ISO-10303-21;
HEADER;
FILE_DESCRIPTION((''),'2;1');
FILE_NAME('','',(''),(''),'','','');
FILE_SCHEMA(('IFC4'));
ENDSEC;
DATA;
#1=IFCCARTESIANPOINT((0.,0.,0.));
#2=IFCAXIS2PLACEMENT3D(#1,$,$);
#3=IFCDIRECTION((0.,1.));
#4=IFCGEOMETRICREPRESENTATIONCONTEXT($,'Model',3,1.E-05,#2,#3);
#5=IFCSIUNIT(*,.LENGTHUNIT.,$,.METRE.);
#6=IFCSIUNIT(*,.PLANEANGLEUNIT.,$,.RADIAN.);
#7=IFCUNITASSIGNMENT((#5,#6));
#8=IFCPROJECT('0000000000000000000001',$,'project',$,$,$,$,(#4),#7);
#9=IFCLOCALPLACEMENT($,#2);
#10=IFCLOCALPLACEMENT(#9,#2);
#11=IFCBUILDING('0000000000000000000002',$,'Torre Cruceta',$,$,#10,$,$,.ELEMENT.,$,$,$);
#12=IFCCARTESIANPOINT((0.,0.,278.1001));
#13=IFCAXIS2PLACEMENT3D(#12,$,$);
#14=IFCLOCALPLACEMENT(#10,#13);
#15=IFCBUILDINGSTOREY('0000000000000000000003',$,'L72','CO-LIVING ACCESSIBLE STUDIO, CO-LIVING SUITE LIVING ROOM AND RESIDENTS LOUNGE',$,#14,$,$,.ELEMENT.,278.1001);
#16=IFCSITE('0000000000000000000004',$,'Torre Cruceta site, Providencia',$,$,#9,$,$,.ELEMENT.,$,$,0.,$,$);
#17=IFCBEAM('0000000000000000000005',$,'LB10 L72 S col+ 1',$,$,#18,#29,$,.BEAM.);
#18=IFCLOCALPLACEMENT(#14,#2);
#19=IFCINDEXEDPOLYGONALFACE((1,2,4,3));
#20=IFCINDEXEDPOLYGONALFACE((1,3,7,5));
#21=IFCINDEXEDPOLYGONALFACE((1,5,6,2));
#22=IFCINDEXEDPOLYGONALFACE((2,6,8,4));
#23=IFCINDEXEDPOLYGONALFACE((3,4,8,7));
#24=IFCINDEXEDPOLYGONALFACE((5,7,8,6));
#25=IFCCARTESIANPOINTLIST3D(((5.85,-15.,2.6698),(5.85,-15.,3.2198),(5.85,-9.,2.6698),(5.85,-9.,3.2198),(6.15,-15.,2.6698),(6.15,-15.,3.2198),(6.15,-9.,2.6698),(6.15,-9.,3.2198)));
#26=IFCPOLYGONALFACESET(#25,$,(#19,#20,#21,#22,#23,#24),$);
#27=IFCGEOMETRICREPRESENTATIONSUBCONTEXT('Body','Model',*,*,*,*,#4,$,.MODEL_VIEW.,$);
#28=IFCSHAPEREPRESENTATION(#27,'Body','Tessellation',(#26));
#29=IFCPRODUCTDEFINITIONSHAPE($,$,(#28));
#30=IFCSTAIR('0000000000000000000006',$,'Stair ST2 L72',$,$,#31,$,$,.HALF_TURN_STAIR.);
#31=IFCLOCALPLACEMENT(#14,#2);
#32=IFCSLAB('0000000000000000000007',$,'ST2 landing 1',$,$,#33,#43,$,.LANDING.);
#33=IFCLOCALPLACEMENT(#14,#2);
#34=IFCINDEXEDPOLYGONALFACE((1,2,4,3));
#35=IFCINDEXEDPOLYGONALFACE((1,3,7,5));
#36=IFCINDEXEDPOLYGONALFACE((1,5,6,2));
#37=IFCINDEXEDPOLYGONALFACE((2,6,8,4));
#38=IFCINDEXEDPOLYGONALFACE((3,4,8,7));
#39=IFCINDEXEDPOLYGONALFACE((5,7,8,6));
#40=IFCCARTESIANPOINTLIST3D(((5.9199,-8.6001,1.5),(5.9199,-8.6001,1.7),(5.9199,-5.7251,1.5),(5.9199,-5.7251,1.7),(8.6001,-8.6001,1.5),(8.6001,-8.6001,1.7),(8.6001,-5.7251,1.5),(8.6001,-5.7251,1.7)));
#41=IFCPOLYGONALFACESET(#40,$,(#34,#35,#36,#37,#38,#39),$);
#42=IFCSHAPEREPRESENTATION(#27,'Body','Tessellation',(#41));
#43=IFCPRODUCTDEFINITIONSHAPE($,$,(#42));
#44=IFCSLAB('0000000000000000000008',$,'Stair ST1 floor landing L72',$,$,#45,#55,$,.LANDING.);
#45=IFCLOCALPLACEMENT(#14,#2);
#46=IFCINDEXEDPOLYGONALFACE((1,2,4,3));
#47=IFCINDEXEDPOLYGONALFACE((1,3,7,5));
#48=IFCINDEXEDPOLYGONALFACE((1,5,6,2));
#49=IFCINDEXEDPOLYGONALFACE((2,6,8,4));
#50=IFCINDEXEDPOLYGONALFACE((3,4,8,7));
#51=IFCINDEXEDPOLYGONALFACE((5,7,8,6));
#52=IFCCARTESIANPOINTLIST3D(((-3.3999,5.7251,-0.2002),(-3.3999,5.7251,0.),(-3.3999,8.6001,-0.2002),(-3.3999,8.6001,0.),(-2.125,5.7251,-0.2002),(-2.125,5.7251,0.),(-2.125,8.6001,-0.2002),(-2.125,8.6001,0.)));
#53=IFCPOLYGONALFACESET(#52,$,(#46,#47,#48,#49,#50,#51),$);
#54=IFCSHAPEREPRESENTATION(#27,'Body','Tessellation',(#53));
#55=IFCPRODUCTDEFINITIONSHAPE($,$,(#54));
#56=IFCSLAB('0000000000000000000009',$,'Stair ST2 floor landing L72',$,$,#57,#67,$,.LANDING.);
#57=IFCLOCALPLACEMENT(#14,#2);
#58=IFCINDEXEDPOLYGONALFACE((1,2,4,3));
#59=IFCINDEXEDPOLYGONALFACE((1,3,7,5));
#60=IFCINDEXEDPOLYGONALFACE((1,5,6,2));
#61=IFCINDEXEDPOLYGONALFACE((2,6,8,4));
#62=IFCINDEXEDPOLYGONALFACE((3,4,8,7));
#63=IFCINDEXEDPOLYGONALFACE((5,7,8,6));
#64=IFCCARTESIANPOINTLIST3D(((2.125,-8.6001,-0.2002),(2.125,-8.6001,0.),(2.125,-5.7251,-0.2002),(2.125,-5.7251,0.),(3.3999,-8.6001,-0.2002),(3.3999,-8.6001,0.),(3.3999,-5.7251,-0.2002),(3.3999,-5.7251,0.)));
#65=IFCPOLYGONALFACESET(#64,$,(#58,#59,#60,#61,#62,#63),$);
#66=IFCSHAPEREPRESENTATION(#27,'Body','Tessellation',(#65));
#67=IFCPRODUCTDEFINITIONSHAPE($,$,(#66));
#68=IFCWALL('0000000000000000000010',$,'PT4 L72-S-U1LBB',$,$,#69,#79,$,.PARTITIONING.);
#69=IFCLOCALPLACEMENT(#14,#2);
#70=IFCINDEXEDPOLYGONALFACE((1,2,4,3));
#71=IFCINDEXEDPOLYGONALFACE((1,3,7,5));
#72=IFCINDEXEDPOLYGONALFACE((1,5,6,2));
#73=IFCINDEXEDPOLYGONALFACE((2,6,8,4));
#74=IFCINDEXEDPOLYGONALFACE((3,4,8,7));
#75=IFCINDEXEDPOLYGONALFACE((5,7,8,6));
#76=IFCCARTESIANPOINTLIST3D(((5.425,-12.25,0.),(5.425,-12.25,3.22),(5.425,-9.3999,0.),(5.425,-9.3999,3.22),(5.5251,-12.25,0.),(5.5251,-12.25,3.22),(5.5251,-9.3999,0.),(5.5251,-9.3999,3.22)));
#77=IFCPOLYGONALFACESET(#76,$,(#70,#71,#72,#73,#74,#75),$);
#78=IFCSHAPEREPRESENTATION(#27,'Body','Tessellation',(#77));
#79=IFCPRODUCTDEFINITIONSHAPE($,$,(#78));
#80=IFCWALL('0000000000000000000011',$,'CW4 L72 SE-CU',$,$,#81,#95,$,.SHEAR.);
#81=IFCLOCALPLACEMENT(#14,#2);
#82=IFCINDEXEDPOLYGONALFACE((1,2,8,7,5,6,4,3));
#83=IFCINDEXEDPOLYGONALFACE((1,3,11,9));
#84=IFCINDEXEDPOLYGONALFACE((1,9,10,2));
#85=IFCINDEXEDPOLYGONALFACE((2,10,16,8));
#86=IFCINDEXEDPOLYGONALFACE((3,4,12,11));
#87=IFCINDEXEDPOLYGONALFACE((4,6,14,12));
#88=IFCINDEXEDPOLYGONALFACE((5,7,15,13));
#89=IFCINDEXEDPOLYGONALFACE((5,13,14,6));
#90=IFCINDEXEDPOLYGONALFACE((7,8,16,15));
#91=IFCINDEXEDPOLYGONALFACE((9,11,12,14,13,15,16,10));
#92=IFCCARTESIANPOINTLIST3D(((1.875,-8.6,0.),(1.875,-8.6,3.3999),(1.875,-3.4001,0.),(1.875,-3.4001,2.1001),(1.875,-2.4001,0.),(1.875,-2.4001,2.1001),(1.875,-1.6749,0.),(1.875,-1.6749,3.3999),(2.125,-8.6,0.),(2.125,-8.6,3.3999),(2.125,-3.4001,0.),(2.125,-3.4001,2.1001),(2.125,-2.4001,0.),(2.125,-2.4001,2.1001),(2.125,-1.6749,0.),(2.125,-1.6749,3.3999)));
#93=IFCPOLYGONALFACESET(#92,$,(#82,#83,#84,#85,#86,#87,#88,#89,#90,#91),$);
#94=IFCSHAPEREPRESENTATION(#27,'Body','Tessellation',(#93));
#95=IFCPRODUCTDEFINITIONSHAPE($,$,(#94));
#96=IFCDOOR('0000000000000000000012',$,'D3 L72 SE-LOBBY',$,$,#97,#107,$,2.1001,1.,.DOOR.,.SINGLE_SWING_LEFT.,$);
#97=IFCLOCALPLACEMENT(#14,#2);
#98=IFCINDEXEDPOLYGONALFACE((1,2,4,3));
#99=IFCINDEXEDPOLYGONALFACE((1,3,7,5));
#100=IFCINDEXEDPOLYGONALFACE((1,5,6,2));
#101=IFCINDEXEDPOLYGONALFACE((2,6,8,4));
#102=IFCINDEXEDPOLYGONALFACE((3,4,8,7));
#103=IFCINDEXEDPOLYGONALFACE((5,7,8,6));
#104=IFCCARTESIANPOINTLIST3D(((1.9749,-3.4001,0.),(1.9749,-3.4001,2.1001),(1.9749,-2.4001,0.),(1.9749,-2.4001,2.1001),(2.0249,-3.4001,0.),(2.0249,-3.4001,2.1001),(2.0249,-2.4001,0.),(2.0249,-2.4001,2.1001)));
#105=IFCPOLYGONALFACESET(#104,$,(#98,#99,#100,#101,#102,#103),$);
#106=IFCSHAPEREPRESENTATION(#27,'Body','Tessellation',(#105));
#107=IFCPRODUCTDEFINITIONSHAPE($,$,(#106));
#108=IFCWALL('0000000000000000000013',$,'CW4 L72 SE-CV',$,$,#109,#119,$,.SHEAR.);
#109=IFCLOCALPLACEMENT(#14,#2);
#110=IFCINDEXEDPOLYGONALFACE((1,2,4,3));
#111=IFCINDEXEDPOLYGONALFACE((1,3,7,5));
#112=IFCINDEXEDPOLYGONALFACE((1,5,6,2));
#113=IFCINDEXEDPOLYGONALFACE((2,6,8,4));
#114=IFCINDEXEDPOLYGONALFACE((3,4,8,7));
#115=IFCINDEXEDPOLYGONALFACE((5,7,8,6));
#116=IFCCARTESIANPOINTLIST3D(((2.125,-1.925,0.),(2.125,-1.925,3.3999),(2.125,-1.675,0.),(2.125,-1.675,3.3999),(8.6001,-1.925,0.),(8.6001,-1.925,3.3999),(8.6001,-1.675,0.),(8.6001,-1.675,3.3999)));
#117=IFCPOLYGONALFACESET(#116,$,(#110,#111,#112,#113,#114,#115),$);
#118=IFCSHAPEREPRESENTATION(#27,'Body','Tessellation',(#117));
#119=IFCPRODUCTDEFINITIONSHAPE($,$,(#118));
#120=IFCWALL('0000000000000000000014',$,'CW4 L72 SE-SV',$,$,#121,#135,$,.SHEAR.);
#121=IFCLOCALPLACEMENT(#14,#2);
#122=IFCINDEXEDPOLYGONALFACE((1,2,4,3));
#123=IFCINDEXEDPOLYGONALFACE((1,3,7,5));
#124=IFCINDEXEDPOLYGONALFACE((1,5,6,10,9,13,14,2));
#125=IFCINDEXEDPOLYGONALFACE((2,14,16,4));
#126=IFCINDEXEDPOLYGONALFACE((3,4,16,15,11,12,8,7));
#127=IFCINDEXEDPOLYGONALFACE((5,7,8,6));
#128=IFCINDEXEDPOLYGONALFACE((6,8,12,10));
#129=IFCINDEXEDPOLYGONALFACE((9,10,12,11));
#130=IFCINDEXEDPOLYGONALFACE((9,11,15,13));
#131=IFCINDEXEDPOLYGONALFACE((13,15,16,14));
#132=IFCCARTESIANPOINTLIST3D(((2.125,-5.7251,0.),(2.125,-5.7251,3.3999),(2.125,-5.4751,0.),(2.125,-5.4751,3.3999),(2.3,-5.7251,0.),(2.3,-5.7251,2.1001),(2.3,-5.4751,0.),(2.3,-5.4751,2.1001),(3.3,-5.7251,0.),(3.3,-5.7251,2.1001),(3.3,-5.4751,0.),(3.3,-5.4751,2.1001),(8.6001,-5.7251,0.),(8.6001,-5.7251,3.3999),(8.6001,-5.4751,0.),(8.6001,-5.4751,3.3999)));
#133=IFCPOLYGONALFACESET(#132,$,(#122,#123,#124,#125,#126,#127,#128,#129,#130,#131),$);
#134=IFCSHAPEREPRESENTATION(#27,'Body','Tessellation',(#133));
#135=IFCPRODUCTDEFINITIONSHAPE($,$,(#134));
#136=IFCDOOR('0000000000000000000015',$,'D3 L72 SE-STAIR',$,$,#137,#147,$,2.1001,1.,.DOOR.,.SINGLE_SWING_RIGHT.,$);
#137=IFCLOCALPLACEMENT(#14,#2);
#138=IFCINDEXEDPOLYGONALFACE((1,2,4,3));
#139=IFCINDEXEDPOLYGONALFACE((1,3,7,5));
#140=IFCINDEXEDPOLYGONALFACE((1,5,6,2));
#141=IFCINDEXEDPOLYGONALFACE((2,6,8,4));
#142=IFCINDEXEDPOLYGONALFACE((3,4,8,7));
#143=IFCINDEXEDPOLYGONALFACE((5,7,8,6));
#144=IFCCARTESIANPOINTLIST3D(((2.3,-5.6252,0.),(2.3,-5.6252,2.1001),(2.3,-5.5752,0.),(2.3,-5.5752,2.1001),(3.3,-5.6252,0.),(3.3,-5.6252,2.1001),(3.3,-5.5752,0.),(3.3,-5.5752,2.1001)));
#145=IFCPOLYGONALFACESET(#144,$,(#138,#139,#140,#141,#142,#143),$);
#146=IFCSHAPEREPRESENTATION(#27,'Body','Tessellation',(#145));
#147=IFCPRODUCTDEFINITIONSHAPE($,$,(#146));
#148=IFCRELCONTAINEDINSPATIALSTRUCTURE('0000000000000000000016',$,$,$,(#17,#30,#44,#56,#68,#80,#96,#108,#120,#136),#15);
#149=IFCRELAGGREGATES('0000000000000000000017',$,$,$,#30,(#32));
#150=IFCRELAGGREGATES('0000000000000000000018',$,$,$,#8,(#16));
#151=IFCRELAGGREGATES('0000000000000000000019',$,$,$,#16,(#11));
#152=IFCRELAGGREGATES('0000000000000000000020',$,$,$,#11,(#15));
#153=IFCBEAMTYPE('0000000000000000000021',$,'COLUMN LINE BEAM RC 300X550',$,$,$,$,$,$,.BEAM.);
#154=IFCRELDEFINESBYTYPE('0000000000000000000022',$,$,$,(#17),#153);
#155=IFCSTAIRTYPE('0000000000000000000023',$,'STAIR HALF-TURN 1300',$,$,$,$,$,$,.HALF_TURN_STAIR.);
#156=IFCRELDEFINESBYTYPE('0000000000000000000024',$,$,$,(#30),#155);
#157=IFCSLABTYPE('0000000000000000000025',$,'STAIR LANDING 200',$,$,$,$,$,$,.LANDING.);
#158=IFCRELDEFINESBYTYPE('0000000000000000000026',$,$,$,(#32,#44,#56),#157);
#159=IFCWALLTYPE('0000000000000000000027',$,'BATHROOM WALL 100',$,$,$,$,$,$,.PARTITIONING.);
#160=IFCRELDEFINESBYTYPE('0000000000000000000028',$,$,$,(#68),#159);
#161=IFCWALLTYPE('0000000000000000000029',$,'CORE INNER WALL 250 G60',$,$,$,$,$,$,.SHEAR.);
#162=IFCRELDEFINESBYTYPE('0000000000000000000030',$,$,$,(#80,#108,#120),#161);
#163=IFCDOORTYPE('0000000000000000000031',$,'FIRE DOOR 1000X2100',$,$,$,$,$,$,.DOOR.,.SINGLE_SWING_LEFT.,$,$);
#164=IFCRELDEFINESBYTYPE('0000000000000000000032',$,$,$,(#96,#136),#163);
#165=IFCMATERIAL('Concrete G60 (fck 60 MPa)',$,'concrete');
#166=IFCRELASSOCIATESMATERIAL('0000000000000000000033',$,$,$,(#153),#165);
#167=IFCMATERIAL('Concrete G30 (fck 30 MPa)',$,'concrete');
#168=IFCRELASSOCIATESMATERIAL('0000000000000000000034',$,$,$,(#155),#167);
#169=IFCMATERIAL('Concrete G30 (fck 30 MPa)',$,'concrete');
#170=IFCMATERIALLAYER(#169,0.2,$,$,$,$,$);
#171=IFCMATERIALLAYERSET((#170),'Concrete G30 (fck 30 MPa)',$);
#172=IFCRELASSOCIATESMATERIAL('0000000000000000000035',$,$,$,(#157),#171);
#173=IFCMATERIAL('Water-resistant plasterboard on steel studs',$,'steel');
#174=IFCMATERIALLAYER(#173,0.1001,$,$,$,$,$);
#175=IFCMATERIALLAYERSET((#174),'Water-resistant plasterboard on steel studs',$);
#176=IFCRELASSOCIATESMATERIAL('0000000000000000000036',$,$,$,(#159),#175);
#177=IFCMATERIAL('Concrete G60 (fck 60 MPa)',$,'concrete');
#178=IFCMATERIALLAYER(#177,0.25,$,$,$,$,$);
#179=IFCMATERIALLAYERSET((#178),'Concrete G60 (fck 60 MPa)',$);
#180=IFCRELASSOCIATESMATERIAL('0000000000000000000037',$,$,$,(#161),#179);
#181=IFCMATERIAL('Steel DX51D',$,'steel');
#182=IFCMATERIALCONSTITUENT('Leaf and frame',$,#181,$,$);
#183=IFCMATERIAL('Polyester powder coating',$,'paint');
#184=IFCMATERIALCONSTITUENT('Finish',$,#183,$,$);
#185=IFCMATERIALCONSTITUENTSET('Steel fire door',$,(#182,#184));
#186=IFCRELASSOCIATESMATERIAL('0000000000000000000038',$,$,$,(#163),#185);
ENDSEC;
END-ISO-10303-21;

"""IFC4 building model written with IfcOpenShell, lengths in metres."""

from ifc_helpers import new_model, si_unit, direction, frame, frame_2d, origin, origin_2d, place, context, subcontext, project, spatial, polyline, rectangle, outline, extrude, material, layer, layer_set, constituent, constituent_set, material_profile, profile_set, type_object, element, fill, aggregate, save


model = new_model("IFC4")

# Units and contexts
model_context = context("Model", 3, precision=1e-05, world=origin(), true_north=direction((0.0, 1.0)))
body_context = subcontext(model_context, "Body", "Model", "MODEL_VIEW")
ifc_project = project(units=[si_unit("LENGTHUNIT", "METRE"), si_unit("PLANEANGLEUNIT", "RADIAN")], contexts=[model_context])

# Site, building, storey
site_placement = place(None, origin())
site = spatial("IfcSite", under=ifc_project, at=site_placement, Name="Torre Cruceta site, Providencia", CompositionType="ELEMENT", RefElevation=0.0)
building_placement = place(site_placement, origin())
building = spatial("IfcBuilding", under=site, at=building_placement, Name="Torre Cruceta", CompositionType="ELEMENT")
storey_placement = place(building_placement, frame((0.0, 0.0, 278.1001)))
storey = spatial("IfcBuildingStorey", under=building, at=storey_placement, Name="L72", Description="CO-LIVING ACCESSIBLE STUDIO, CO-LIVING SUITE LIVING ROOM AND RESIDENTS LOUNGE", CompositionType="ELEMENT", Elevation=278.1001)

# Beam
ifc_material_1 = material(Name="Concrete G60 (fck 60 MPa)", Category="concrete")
ifc_material_profile = material_profile(ifc_material_1, rectangle(XDim=0.3, YDim=0.55, at=origin_2d()), Name="RC 300X550")
ifc_profile_set = profile_set([ifc_material_profile], Name="Concrete G60 (fck 60 MPa)")
beam_type = type_object("IfcBeamType", Name="COLUMN LINE BEAM RC 300X550", PredefinedType="BEAM", material=ifc_profile_set)
beam_placement = place(storey_placement, frame((6.0, -9.0, 2.9448), z_axis=(0.0, -1.0, 0.0), x_axis=(1.0, 0.0, 0.0)))
element("IfcBeam", 1, at=beam_placement, inside=storey, type_object=beam_type, Name="LB10 L72 S col+ 1", PredefinedType="BEAM", context=body_context, shape_type="SweptSolid", body=[
    extrude(rectangle(XDim=0.3, YDim=0.55, at=origin_2d()), origin(), (0.0, 0.0, 1.0), 6.0),
])

# Stair, slab
ifc_material_2 = material(Name="Concrete G30 (fck 30 MPa)", Category="concrete")
stair_type = type_object("IfcStairType", Name="STAIR HALF-TURN 1300", PredefinedType="HALF_TURN_STAIR", material=ifc_material_2)
stair_placement = place(storey_placement, origin())
stair = element("IfcStair", 2, at=stair_placement, inside=storey, type_object=stair_type, Name="Stair ST2 L72", PredefinedType="HALF_TURN_STAIR")
ifc_material_3 = material(Name="Concrete G30 (fck 30 MPa)", Category="concrete")
ifc_layer_1 = layer(ifc_material_3, 0.2)
ifc_layer_set_1 = layer_set([ifc_layer_1], Name="Concrete G30 (fck 30 MPa)")
slab_type = type_object("IfcSlabType", Name="STAIR LANDING 200", PredefinedType="LANDING", material=ifc_layer_set_1)
slab_1_placement = place(storey_placement, frame((0.0, 0.0, 1.5)))
slab_1 = element("IfcSlab", 3, at=slab_1_placement, type_object=slab_type, Name="ST2 landing 1", PredefinedType="LANDING", context=body_context, shape_type="SweptSolid", body=[
    extrude(outline(polyline([(5.9199, -8.6001), (8.6001, -8.6001), (8.6001, -5.7251), (5.9199, -5.7251), (5.9199, -8.6001)])), origin(), (0.0, 0.0, 1.0), 0.2),
])

# Slabs
slab_2_placement = place(storey_placement, frame((0.0, 0.0, -0.2002)))
element("IfcSlab", 4, at=slab_2_placement, inside=storey, type_object=slab_type, Name="Stair ST1 floor landing L72", PredefinedType="LANDING", context=body_context, shape_type="SweptSolid", body=[
    extrude(outline(polyline([(-2.125, 8.6001), (-2.125, 5.7251), (-3.3999, 5.7251), (-3.3999, 8.6001), (-2.125, 8.6001)])), origin(), (0.0, 0.0, 1.0), 0.2002),
])
slab_3_placement = place(storey_placement, frame((0.0, 0.0, -0.2002)))
element("IfcSlab", 5, at=slab_3_placement, inside=storey, type_object=slab_type, Name="Stair ST2 floor landing L72", PredefinedType="LANDING", context=body_context, shape_type="SweptSolid", body=[
    extrude(outline(polyline([(2.125, -8.6001), (2.125, -5.7251), (3.3999, -5.7251), (3.3999, -8.6001), (2.125, -8.6001)])), origin(), (0.0, 0.0, 1.0), 0.2002),
])

# Wall
ifc_material_4 = material(Name="Water-resistant plasterboard on steel studs", Category="steel")
ifc_layer_2 = layer(ifc_material_4, 0.1001)
ifc_layer_set_2 = layer_set([ifc_layer_2], Name="Water-resistant plasterboard on steel studs")
wall_type_1 = type_object("IfcWallType", Name="BATHROOM WALL 100", PredefinedType="PARTITIONING", material=ifc_layer_set_2)
wall_1_placement = place(storey_placement, frame((5.4751, -9.3999, 0.0), z_axis=(0.0, 0.0, 1.0), x_axis=(0.0, -1.0, 0.0)))
element("IfcWall", 6, at=wall_1_placement, inside=storey, type_object=wall_type_1, Name="PT4 L72-S-U1LBB", PredefinedType="PARTITIONING", context=body_context, shape_type="SweptSolid", body=[
    extrude(rectangle(XDim=2.8501, YDim=0.1001, at=frame_2d((1.425, 0.0))), origin(), (0.0, 0.0, 1.0), 3.22),
])

# Wall, opening, door
ifc_material_5 = material(Name="Concrete G60 (fck 60 MPa)", Category="concrete")
ifc_layer_3 = layer(ifc_material_5, 0.25)
ifc_layer_set_3 = layer_set([ifc_layer_3], Name="Concrete G60 (fck 60 MPa)")
wall_type_2 = type_object("IfcWallType", Name="CORE INNER WALL 250 G60", PredefinedType="SHEAR", material=ifc_layer_set_3)
wall_2_placement = place(storey_placement, frame((2.0, -1.675, 0.0), z_axis=(0.0, 0.0, 1.0), x_axis=(0.0, -1.0, 0.0)))
wall_2 = element("IfcWall", 7, at=wall_2_placement, inside=storey, type_object=wall_type_2, Name="CW4 L72 SE-CU", PredefinedType="SHEAR", context=body_context, shape_type="SweptSolid", body=[
    extrude(rectangle(XDim=6.925, YDim=0.25, at=frame_2d((3.4624, 0.0))), origin(), (0.0, 0.0, 1.0), 3.3999),
])
opening_1_placement = place(wall_2_placement, frame((0.7251, 0.0, 0.0)))
opening_1 = element("IfcOpeningElement", 8, at=opening_1_placement, cuts=wall_2, PredefinedType="OPENING", context=body_context, shape_type="SweptSolid", body=[
    extrude(rectangle(XDim=1.0, YDim=2.1001, at=frame_2d((0.5, 1.05))), frame((0.0, 0.135, 0.0), z_axis=(0.0, -1.0, 0.0), x_axis=(1.0, 0.0, 0.0)), (0.0, 0.0, 1.0), 0.27),
])
ifc_material_6 = material(Name="Steel DX51D", Category="steel")
ifc_constituent_1 = constituent(ifc_material_6, Name="Leaf and frame")
ifc_material_7 = material(Name="Polyester powder coating", Category="paint")
ifc_constituent_2 = constituent(ifc_material_7, Name="Finish")
ifc_constituent_set_1 = constituent_set(constituents=[ifc_constituent_1, ifc_constituent_2], Name="Steel fire door")
door_type_1 = type_object("IfcDoorType", Name="FIRE DOOR 1000X2100", OperationType="SINGLE_SWING_LEFT", PredefinedType="DOOR", material=ifc_constituent_set_1)
door_1_placement = place(opening_1_placement, origin())
door_1 = element("IfcDoor", 9, at=door_1_placement, inside=storey, type_object=door_type_1, Name="D3 L72 SE-LOBBY", OperationType="SINGLE_SWING_LEFT", OverallHeight=2.1001, OverallWidth=1.0, PredefinedType="DOOR", context=body_context, shape_type="SweptSolid", body=[
    extrude(rectangle(XDim=1.0, YDim=2.1001, at=frame_2d((0.5, 1.05))), frame((0.0, 0.0249, 0.0), z_axis=(0.0, -1.0, 0.0), x_axis=(1.0, 0.0, 0.0)), (0.0, 0.0, 1.0), 0.05),
])
fill(opening_1, door_1)

# Wall
wall_3_placement = place(storey_placement, frame((2.125, -1.8, 0.0), z_axis=(0.0, 0.0, 1.0), x_axis=(1.0, 0.0, 0.0)))
element("IfcWall", 10, at=wall_3_placement, inside=storey, type_object=wall_type_2, Name="CW4 L72 SE-CV", PredefinedType="SHEAR", context=body_context, shape_type="SweptSolid", body=[
    extrude(rectangle(XDim=6.4751, YDim=0.25, at=frame_2d((3.2375, 0.0))), origin(), (0.0, 0.0, 1.0), 3.3999),
])

# Wall, opening, door
wall_4_placement = place(storey_placement, frame((2.125, -5.6001, 0.0), z_axis=(0.0, 0.0, 1.0), x_axis=(1.0, 0.0, 0.0)))
wall_4 = element("IfcWall", 11, at=wall_4_placement, inside=storey, type_object=wall_type_2, Name="CW4 L72 SE-SV", PredefinedType="SHEAR", context=body_context, shape_type="SweptSolid", body=[
    extrude(rectangle(XDim=6.4751, YDim=0.25, at=frame_2d((3.2375, 0.0))), origin(), (0.0, 0.0, 1.0), 3.3999),
])
opening_2_placement = place(wall_4_placement, frame((0.175, 0.0, 0.0)))
opening_2 = element("IfcOpeningElement", 12, at=opening_2_placement, cuts=wall_4, PredefinedType="OPENING", context=body_context, shape_type="SweptSolid", body=[
    extrude(rectangle(XDim=1.0, YDim=2.1001, at=frame_2d((0.5, 1.05))), frame((0.0, 0.135, 0.0), z_axis=(0.0, -1.0, 0.0), x_axis=(1.0, 0.0, 0.0)), (0.0, 0.0, 1.0), 0.27),
])
door_2_placement = place(opening_2_placement, frame((1.0, 0.0, 0.0), z_axis=(0.0, 0.0, 1.0), x_axis=(-1.0, 0.0, 0.0)))
door_2 = element("IfcDoor", 13, at=door_2_placement, inside=storey, type_object=door_type_1, Name="D3 L72 SE-STAIR", OperationType="SINGLE_SWING_RIGHT", OverallHeight=2.1001, OverallWidth=1.0, PredefinedType="DOOR", context=body_context, shape_type="SweptSolid", body=[
    extrude(rectangle(XDim=1.0, YDim=2.1001, at=frame_2d((0.5, 1.05))), frame((0.0, 0.0251, 0.0), z_axis=(0.0, -1.0, 0.0), x_axis=(1.0, 0.0, 0.0)), (0.0, 0.0, 1.0), 0.05),
])
fill(opening_2, door_2)

aggregate(stair, [slab_1])

save(model, "model.ifc")
